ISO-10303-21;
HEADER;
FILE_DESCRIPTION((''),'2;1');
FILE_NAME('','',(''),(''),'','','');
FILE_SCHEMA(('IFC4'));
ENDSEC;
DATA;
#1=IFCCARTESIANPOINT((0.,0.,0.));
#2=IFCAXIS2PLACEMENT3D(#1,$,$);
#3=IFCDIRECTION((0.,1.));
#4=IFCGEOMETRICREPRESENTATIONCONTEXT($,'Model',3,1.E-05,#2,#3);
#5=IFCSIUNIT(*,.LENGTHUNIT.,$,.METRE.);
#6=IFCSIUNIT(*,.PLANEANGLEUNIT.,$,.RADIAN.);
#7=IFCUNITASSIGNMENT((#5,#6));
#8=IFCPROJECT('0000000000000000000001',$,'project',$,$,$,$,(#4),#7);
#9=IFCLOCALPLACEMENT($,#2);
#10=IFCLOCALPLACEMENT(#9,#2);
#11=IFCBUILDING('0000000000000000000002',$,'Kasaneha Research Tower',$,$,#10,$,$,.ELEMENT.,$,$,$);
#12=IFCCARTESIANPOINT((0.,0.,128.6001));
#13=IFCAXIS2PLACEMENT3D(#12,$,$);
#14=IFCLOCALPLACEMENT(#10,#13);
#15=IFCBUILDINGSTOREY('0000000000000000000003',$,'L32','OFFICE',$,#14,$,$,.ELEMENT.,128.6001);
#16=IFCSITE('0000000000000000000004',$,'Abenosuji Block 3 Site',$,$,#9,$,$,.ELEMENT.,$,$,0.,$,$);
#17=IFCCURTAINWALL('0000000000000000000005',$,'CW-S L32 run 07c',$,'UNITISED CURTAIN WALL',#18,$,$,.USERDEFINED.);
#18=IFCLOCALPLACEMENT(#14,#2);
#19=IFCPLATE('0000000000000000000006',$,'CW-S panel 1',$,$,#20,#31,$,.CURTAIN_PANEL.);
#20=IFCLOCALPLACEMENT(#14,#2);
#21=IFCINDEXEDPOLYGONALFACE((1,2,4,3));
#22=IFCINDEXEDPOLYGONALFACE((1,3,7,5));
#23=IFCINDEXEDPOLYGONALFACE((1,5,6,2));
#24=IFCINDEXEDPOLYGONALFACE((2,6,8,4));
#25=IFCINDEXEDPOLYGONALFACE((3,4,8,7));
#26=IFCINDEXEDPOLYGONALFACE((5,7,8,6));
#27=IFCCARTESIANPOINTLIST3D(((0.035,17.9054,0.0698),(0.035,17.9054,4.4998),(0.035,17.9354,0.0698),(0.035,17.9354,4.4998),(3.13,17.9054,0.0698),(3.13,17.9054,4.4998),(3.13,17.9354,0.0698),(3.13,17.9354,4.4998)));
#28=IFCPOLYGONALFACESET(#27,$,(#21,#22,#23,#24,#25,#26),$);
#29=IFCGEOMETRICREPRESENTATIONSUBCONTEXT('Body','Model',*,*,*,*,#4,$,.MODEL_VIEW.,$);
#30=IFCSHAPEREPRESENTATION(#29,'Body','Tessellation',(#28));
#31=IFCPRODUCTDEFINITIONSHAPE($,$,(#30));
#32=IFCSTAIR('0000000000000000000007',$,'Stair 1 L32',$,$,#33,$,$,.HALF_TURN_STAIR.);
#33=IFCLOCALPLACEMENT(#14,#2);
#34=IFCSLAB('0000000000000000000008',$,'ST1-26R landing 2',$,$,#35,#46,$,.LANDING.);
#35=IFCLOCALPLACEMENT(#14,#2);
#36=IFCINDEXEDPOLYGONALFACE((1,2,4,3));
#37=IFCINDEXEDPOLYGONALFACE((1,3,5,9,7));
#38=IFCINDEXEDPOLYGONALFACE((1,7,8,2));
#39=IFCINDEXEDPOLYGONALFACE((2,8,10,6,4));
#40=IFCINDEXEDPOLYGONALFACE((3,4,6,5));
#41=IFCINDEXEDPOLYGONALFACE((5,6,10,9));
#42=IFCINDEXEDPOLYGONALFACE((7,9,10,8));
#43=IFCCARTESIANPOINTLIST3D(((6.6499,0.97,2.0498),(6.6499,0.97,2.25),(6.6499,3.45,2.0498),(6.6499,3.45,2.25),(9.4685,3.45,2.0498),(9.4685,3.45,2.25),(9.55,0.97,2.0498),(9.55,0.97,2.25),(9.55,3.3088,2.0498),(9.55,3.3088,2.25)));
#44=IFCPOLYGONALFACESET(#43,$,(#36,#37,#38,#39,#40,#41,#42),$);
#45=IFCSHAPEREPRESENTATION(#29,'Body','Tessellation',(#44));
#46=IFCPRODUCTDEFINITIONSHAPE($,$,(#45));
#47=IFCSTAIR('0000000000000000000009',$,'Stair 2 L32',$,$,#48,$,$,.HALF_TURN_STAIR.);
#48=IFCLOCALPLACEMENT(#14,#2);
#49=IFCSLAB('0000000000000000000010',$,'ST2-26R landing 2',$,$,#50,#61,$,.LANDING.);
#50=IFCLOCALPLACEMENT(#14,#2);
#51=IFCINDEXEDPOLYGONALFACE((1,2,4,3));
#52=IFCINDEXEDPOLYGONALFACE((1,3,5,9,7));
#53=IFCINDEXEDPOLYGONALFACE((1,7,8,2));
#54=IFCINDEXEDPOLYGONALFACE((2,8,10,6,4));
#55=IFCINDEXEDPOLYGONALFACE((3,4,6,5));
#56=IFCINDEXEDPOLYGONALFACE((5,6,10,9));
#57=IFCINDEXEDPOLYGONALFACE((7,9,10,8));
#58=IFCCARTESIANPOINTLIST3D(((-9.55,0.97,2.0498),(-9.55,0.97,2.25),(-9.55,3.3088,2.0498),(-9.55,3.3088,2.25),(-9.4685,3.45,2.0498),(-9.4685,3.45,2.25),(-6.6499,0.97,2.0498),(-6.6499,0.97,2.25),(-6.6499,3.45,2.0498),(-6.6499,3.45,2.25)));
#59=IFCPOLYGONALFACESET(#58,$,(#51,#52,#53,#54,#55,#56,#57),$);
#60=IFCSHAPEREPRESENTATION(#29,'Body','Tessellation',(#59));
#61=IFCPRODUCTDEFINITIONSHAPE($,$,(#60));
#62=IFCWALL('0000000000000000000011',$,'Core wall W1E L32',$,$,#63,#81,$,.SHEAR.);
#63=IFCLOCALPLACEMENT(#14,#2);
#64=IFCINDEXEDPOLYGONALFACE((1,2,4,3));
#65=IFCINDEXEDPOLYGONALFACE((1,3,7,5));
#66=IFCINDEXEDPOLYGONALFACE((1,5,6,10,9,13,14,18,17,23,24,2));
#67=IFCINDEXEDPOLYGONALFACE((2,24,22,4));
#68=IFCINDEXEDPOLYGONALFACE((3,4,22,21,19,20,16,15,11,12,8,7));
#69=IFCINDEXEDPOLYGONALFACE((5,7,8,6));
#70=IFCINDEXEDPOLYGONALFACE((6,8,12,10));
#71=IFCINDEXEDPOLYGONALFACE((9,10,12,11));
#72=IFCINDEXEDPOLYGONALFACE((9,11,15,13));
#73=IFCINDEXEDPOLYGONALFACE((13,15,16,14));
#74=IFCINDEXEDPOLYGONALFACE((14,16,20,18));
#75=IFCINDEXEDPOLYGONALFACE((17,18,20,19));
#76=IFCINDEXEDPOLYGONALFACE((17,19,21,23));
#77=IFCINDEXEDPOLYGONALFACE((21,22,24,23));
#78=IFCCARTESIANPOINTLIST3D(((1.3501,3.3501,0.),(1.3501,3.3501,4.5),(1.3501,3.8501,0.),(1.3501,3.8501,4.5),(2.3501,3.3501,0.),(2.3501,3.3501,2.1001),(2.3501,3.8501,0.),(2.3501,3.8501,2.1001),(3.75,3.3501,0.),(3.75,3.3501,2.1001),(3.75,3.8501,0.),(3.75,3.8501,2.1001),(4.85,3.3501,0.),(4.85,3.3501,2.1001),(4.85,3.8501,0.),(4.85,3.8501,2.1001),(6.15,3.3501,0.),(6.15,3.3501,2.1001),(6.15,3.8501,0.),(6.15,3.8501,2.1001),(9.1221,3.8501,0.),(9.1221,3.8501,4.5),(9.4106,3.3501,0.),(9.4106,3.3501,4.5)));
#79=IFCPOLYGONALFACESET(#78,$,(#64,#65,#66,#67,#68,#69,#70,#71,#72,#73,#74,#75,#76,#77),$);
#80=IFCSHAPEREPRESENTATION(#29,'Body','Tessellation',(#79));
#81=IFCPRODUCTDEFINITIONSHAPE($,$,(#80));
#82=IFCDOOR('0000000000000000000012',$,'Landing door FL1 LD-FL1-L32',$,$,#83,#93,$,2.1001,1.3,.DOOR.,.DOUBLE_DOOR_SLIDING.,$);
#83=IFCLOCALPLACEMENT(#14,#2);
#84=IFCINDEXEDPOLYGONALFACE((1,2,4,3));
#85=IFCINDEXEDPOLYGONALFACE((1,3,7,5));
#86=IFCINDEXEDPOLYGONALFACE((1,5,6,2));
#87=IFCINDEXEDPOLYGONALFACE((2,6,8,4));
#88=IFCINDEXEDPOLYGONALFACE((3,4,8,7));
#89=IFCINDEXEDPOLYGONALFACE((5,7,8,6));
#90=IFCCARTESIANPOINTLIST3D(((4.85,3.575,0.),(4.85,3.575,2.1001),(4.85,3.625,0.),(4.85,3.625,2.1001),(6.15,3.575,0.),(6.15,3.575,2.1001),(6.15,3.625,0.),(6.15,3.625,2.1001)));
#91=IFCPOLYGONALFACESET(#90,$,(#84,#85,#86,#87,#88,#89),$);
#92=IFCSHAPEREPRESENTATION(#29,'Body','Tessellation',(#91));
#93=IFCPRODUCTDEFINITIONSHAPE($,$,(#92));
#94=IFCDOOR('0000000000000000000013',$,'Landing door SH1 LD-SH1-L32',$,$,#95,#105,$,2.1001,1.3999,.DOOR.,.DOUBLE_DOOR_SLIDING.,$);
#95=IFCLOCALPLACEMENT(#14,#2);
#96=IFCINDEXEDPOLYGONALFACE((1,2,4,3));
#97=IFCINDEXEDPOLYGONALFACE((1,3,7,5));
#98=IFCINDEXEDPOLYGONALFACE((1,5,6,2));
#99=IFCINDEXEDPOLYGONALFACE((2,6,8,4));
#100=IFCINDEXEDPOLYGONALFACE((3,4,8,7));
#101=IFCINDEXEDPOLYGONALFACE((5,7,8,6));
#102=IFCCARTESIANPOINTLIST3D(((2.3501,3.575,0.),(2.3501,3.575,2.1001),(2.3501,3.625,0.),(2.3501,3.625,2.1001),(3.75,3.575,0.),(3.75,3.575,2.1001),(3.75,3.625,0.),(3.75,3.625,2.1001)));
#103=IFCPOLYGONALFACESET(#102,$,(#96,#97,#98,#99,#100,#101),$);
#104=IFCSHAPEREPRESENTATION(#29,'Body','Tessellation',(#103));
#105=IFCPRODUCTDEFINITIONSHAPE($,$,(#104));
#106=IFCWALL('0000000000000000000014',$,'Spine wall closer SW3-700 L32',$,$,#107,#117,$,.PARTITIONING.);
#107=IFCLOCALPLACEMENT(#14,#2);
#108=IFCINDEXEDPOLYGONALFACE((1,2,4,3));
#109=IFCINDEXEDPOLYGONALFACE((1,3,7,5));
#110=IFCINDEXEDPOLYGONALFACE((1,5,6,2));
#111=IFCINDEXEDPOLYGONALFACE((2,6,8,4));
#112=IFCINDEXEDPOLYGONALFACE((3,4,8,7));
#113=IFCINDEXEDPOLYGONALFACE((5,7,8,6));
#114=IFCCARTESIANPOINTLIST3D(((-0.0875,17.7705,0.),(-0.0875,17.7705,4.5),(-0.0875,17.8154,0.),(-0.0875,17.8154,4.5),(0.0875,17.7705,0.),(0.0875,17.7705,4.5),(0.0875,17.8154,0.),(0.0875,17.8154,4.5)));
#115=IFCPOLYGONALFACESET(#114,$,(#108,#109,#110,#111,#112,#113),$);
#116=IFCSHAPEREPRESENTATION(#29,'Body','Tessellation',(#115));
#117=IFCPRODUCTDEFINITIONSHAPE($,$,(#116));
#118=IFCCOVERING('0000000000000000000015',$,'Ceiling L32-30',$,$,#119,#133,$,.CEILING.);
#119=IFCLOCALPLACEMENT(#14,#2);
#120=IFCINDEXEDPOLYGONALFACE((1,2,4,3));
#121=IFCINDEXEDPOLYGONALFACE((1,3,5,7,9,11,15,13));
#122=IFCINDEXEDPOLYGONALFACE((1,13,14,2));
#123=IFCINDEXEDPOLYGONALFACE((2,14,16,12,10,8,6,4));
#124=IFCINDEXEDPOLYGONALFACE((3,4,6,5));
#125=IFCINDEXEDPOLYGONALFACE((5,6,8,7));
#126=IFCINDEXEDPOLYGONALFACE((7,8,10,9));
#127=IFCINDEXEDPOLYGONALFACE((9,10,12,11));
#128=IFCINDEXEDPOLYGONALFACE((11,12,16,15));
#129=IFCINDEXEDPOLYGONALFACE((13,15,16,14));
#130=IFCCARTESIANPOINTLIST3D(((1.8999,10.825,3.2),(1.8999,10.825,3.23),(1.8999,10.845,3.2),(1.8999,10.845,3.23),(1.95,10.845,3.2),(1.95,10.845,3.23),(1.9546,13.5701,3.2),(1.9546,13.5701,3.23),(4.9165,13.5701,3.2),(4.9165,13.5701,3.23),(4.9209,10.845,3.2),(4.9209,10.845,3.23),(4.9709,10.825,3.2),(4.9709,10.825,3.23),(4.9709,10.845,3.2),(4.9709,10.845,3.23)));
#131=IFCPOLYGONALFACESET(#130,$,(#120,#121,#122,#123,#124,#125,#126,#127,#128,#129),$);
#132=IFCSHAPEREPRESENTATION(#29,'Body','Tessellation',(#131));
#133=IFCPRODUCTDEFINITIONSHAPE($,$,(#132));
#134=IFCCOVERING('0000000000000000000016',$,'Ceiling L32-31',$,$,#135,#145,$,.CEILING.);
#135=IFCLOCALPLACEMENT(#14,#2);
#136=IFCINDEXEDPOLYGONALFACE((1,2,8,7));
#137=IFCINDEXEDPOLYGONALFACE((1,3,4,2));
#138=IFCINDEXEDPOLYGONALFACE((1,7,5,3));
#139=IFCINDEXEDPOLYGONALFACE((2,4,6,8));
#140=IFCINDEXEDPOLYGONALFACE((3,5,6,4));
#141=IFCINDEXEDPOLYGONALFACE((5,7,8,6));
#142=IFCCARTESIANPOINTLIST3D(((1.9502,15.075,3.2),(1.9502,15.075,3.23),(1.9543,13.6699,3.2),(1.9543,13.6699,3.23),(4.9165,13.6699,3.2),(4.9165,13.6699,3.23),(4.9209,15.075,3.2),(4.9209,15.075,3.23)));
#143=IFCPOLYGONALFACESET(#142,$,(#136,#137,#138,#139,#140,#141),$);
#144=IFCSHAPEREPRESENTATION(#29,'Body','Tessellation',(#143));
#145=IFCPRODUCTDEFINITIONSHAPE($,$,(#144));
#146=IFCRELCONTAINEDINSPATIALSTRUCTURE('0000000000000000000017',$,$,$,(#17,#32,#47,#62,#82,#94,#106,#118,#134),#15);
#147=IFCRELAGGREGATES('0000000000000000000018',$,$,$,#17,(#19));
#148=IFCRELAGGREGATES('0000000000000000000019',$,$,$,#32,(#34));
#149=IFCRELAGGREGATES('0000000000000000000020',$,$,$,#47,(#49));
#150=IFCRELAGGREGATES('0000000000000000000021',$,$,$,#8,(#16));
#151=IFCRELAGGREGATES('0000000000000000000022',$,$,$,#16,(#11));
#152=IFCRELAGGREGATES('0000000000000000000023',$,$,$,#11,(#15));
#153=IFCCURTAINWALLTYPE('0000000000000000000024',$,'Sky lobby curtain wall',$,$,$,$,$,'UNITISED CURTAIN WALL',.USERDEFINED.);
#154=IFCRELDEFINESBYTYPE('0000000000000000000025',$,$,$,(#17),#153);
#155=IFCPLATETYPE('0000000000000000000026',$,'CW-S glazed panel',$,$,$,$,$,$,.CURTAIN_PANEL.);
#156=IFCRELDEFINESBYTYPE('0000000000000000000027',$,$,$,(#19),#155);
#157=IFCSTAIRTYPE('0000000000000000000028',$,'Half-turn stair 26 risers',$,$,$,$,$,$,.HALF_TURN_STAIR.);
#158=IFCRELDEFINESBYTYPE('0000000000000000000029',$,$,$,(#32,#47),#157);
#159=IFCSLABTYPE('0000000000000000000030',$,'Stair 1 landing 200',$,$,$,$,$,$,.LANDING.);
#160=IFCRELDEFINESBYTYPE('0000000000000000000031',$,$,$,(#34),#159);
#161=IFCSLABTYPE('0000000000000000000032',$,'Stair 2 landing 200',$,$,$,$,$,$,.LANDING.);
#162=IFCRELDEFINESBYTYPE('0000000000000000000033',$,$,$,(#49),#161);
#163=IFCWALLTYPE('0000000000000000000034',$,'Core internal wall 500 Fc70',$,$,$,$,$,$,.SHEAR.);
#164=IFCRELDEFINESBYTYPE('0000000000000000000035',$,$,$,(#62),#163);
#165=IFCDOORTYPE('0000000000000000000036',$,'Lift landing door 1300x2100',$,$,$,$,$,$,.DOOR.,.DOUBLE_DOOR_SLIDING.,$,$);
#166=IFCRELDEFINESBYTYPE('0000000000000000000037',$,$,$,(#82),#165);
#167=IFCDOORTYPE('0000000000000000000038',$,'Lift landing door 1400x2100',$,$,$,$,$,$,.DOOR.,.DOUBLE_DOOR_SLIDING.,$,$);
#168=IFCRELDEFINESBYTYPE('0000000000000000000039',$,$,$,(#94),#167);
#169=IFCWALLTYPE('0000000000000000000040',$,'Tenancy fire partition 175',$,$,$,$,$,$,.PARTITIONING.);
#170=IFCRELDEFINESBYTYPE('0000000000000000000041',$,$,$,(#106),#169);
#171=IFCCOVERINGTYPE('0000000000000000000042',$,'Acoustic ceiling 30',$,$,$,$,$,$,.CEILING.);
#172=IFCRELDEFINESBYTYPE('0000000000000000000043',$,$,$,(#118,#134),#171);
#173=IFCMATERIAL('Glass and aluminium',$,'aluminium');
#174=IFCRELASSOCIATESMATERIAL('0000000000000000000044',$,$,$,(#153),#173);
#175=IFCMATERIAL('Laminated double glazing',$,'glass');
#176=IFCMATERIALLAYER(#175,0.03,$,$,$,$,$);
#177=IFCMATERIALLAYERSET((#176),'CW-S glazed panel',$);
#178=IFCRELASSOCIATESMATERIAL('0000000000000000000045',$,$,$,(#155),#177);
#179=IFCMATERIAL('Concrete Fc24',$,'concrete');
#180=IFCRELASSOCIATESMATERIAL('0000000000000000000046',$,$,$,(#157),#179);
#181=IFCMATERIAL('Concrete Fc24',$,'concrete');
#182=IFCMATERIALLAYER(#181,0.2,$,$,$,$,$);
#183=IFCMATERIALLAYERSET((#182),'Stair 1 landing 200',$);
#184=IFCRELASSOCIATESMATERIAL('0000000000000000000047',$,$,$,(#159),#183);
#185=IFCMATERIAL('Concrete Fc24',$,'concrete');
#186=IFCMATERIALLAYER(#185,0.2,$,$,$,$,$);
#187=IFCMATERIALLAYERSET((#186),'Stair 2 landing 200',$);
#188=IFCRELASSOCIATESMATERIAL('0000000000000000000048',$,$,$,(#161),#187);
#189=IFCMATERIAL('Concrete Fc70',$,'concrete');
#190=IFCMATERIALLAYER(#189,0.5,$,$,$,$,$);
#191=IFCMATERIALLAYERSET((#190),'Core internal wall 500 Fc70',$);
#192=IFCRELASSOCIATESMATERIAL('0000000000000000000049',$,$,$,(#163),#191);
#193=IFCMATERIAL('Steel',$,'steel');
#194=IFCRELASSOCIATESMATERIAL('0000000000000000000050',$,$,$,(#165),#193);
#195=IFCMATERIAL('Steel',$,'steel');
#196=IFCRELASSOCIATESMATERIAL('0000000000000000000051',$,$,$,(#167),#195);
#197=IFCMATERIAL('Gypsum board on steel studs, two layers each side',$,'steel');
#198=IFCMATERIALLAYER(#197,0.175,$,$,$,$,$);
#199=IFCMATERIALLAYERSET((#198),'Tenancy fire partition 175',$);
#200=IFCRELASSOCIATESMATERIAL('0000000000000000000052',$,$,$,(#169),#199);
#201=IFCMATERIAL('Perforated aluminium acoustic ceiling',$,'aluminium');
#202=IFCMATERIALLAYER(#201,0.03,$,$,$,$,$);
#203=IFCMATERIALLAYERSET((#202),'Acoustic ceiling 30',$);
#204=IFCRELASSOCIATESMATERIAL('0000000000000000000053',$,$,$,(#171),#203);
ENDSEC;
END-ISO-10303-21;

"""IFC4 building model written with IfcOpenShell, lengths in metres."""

from ifc_helpers import new_model, si_unit, direction, frame, frame_2d, origin, origin_2d, place, context, subcontext, project, spatial, polyline, rectangle, outline, extrude, material, layer, layer_set, type_object, element, fill, aggregate, save


model = new_model("IFC4")

# Units and contexts
model_context = context("Model", 3, precision=1e-05, world=origin(), true_north=direction((0.0, 1.0)))
body_context = subcontext(model_context, "Body", "Model", "MODEL_VIEW")
ifc_project = project(units=[si_unit("LENGTHUNIT", "METRE"), si_unit("PLANEANGLEUNIT", "RADIAN")], contexts=[model_context])

# Site, building, storey
site_placement = place(None, origin())
site = spatial("IfcSite", under=ifc_project, at=site_placement, Name="Abenosuji Block 3 Site", CompositionType="ELEMENT", RefElevation=0.0)
building_placement = place(site_placement, origin())
building = spatial("IfcBuilding", under=site, at=building_placement, Name="Kasaneha Research Tower", CompositionType="ELEMENT")
storey_placement = place(building_placement, frame((0.0, 0.0, 128.6001)))
storey = spatial("IfcBuildingStorey", under=building, at=storey_placement, Name="L32", Description="OFFICE", CompositionType="ELEMENT", Elevation=128.6001)

# Curtain wall, plate
ifc_material_1 = material(Name="Glass and aluminium", Category="aluminium")
curtain_wall_type = type_object("IfcCurtainWallType", Name="Sky lobby curtain wall", ElementType="UNITISED CURTAIN WALL", PredefinedType="USERDEFINED", material=ifc_material_1)
curtain_wall_placement = place(storey_placement, origin())
curtain_wall = element("IfcCurtainWall", 1, at=curtain_wall_placement, inside=storey, type_object=curtain_wall_type, Name="CW-S L32 run 07c", ObjectType="UNITISED CURTAIN WALL", PredefinedType="USERDEFINED")
ifc_material_2 = material(Name="Laminated double glazing", Category="glass")
ifc_layer_1 = layer(ifc_material_2, 0.03)
ifc_layer_set_1 = layer_set([ifc_layer_1], Name="CW-S glazed panel")
plate_type = type_object("IfcPlateType", Name="CW-S glazed panel", PredefinedType="CURTAIN_PANEL", material=ifc_layer_set_1)
plate_placement = place(storey_placement, frame((1.5825, 17.9204, 0.0698), z_axis=(0.0, 0.0, 1.0), x_axis=(-1.0, 0.0, 0.0)))
plate = element("IfcPlate", 2, at=plate_placement, type_object=plate_type, Name="CW-S panel 1", PredefinedType="CURTAIN_PANEL", context=body_context, shape_type="SweptSolid", body=[
    extrude(rectangle(XDim=3.095, YDim=0.03, at=origin_2d()), origin(), (0.0, 0.0, 1.0), 4.4299),
])
aggregate(curtain_wall, [plate])

# Stairs, slabs
ifc_material_3 = material(Name="Concrete Fc24", Category="concrete")
stair_type = type_object("IfcStairType", Name="Half-turn stair 26 risers", PredefinedType="HALF_TURN_STAIR", material=ifc_material_3)
stair_1_placement = place(storey_placement, origin())
stair_1 = element("IfcStair", 3, at=stair_1_placement, inside=storey, type_object=stair_type, Name="Stair 1 L32", PredefinedType="HALF_TURN_STAIR")
ifc_material_4 = material(Name="Concrete Fc24", Category="concrete")
ifc_layer_2 = layer(ifc_material_4, 0.2)
ifc_layer_set_2 = layer_set([ifc_layer_2], Name="Stair 1 landing 200")
slab_type_1 = type_object("IfcSlabType", Name="Stair 1 landing 200", PredefinedType="LANDING", material=ifc_layer_set_2)
slab_1_placement = place(storey_placement, frame((0.0, 0.0, 2.0498)))
slab_1 = element("IfcSlab", 4, at=slab_1_placement, type_object=slab_type_1, Name="ST1-26R landing 2", PredefinedType="LANDING", context=body_context, shape_type="SweptSolid", body=[
    extrude(outline(polyline([(6.6499, 3.45), (9.4685, 3.45), (9.55, 3.3088), (9.55, 0.97), (6.6499, 0.97), (6.6499, 3.45)])), origin(), (0.0, 0.0, 1.0), 0.2002),
])
aggregate(stair_1, [slab_1])
stair_2_placement = place(storey_placement, origin())
stair_2 = element("IfcStair", 5, at=stair_2_placement, inside=storey, type_object=stair_type, Name="Stair 2 L32", PredefinedType="HALF_TURN_STAIR")
ifc_material_5 = material(Name="Concrete Fc24", Category="concrete")
ifc_layer_3 = layer(ifc_material_5, 0.2)
ifc_layer_set_3 = layer_set([ifc_layer_3], Name="Stair 2 landing 200")
slab_type_2 = type_object("IfcSlabType", Name="Stair 2 landing 200", PredefinedType="LANDING", material=ifc_layer_set_3)
slab_2_placement = place(storey_placement, frame((0.0, 0.0, 2.0498)))
slab_2 = element("IfcSlab", 6, at=slab_2_placement, type_object=slab_type_2, Name="ST2-26R landing 2", PredefinedType="LANDING", context=body_context, shape_type="SweptSolid", body=[
    extrude(outline(polyline([(-6.6499, 0.97), (-9.55, 0.97), (-9.55, 3.3088), (-9.4685, 3.45), (-6.6499, 3.45), (-6.6499, 0.97)])), origin(), (0.0, 0.0, 1.0), 0.2002),
])
aggregate(stair_2, [slab_2])

# Wall, openings, doors
ifc_material_6 = material(Name="Concrete Fc70", Category="concrete")
ifc_layer_4 = layer(ifc_material_6, 0.5)
ifc_layer_set_4 = layer_set([ifc_layer_4], Name="Core internal wall 500 Fc70")
wall_type_1 = type_object("IfcWallType", Name="Core internal wall 500 Fc70", PredefinedType="SHEAR", material=ifc_layer_set_4)
wall_1_placement = place(storey_placement, frame((1.3501, 3.6001, 0.0), z_axis=(0.0, 0.0, 1.0), x_axis=(1.0, 0.0, 0.0)))
wall_1 = element("IfcWall", 7, at=wall_1_placement, inside=storey, type_object=wall_type_1, Name="Core wall W1E L32", PredefinedType="SHEAR", context=body_context, shape_type="SweptSolid", body=[
    extrude(outline(polyline([(0.0, -0.25), (1.0, -0.25), (2.3999, -0.25), (3.5, -0.25), (4.8, -0.25), (8.0605, -0.25), (7.772, 0.25), (4.8, 0.25), (3.5, 0.25), (2.3999, 0.25), (1.0, 0.25), (0.0, 0.25), (0.0, -0.25)])), origin(), (0.0, 0.0, 1.0), 4.5),
])
opening_1_placement = place(wall_1_placement, frame((1.0, 0.0, 0.0)))
opening_1 = element("IfcOpeningElement", 8, at=opening_1_placement, cuts=wall_1, PredefinedType="OPENING", context=body_context, shape_type="SweptSolid", body=[
    extrude(rectangle(XDim=1.3999, YDim=2.1001, at=frame_2d((0.7, 1.05))), frame((0.0, 0.26, 0.0), z_axis=(0.0, -1.0, 0.0), x_axis=(1.0, 0.0, 0.0)), (0.0, 0.0, 1.0), 0.52),
])
opening_2_placement = place(wall_1_placement, frame((3.5, 0.0, 0.0)))
opening_2 = element("IfcOpeningElement", 9, at=opening_2_placement, cuts=wall_1, PredefinedType="OPENING", context=body_context, shape_type="SweptSolid", body=[
    extrude(rectangle(XDim=1.3, YDim=2.1001, at=frame_2d((0.6499, 1.05))), frame((0.0, 0.26, 0.0), z_axis=(0.0, -1.0, 0.0), x_axis=(1.0, 0.0, 0.0)), (0.0, 0.0, 1.0), 0.52),
])
ifc_material_7 = material(Name="Steel", Category="steel")
door_type_1 = type_object("IfcDoorType", Name="Lift landing door 1300x2100", OperationType="DOUBLE_DOOR_SLIDING", PredefinedType="DOOR", material=ifc_material_7)
door_1_placement = place(opening_2_placement, origin())
door_1 = element("IfcDoor", 10, at=door_1_placement, inside=storey, type_object=door_type_1, Name="Landing door FL1 LD-FL1-L32", OperationType="DOUBLE_DOOR_SLIDING", OverallHeight=2.1001, OverallWidth=1.3, PredefinedType="DOOR", context=body_context, shape_type="SweptSolid", body=[
    extrude(rectangle(XDim=1.3, YDim=2.1001, at=frame_2d((0.6499, 1.05))), frame((0.0, 0.0249, 0.0), z_axis=(0.0, -1.0, 0.0), x_axis=(1.0, 0.0, 0.0)), (0.0, 0.0, 1.0), 0.05),
])
fill(opening_2, door_1)
ifc_material_8 = material(Name="Steel", Category="steel")
door_type_2 = type_object("IfcDoorType", Name="Lift landing door 1400x2100", OperationType="DOUBLE_DOOR_SLIDING", PredefinedType="DOOR", material=ifc_material_8)
door_2_placement = place(opening_1_placement, origin())
door_2 = element("IfcDoor", 11, at=door_2_placement, inside=storey, type_object=door_type_2, Name="Landing door SH1 LD-SH1-L32", OperationType="DOUBLE_DOOR_SLIDING", OverallHeight=2.1001, OverallWidth=1.3999, PredefinedType="DOOR", context=body_context, shape_type="SweptSolid", body=[
    extrude(rectangle(XDim=1.3999, YDim=2.1001, at=frame_2d((0.7, 1.05))), frame((0.0, 0.0249, 0.0), z_axis=(0.0, -1.0, 0.0), x_axis=(1.0, 0.0, 0.0)), (0.0, 0.0, 1.0), 0.05),
])
fill(opening_1, door_2)

# Wall
ifc_material_9 = material(Name="Gypsum board on steel studs, two layers each side", Category="steel")
ifc_layer_5 = layer(ifc_material_9, 0.175)
ifc_layer_set_5 = layer_set([ifc_layer_5], Name="Tenancy fire partition 175")
wall_type_2 = type_object("IfcWallType", Name="Tenancy fire partition 175", PredefinedType="PARTITIONING", material=ifc_layer_set_5)
wall_2_placement = place(storey_placement, frame((0.0, 17.7705, 0.0), z_axis=(0.0, 0.0, 1.0), x_axis=(0.0, 1.0, 0.0)))
element("IfcWall", 12, at=wall_2_placement, inside=storey, type_object=wall_type_2, Name="Spine wall closer SW3-700 L32", PredefinedType="PARTITIONING", context=body_context, shape_type="SweptSolid", body=[
    extrude(rectangle(XDim=0.0449, YDim=0.175, at=frame_2d((0.0225, 0.0))), origin(), (0.0, 0.0, 1.0), 4.5),
])

# Coverings
ifc_material_10 = material(Name="Perforated aluminium acoustic ceiling", Category="aluminium")
ifc_layer_6 = layer(ifc_material_10, 0.03)
ifc_layer_set_6 = layer_set([ifc_layer_6], Name="Acoustic ceiling 30")
covering_type_1 = type_object("IfcCoveringType", Name="Acoustic ceiling 30", PredefinedType="CEILING", material=ifc_layer_set_6)
covering_1_placement = place(storey_placement, frame((0.0, 0.0, 3.2)))
element("IfcCovering", 13, at=covering_1_placement, inside=storey, type_object=covering_type_1, Name="Ceiling L32-30", PredefinedType="CEILING", context=body_context, shape_type="SweptSolid", body=[
    extrude(outline(polyline([(1.8999, 10.825), (1.8999, 10.845), (1.95, 10.845), (1.9546, 13.5701), (4.9165, 13.5701), (4.9209, 10.845), (4.9709, 10.845), (4.9709, 10.825), (1.8999, 10.825)])), origin(), (0.0, 0.0, 1.0), 0.03),
])
covering_2_placement = place(storey_placement, frame((0.0, 0.0, 3.2)))
element("IfcCovering", 14, at=covering_2_placement, inside=storey, type_object=covering_type_1, Name="Ceiling L32-31", PredefinedType="CEILING", context=body_context, shape_type="SweptSolid", body=[
    extrude(outline(polyline([(1.9543, 13.6699), (1.9502, 15.075), (4.9209, 15.075), (4.9165, 13.6699), (1.9543, 13.6699)])), origin(), (0.0, 0.0, 1.0), 0.03),
])

save(model, "model.ifc")
